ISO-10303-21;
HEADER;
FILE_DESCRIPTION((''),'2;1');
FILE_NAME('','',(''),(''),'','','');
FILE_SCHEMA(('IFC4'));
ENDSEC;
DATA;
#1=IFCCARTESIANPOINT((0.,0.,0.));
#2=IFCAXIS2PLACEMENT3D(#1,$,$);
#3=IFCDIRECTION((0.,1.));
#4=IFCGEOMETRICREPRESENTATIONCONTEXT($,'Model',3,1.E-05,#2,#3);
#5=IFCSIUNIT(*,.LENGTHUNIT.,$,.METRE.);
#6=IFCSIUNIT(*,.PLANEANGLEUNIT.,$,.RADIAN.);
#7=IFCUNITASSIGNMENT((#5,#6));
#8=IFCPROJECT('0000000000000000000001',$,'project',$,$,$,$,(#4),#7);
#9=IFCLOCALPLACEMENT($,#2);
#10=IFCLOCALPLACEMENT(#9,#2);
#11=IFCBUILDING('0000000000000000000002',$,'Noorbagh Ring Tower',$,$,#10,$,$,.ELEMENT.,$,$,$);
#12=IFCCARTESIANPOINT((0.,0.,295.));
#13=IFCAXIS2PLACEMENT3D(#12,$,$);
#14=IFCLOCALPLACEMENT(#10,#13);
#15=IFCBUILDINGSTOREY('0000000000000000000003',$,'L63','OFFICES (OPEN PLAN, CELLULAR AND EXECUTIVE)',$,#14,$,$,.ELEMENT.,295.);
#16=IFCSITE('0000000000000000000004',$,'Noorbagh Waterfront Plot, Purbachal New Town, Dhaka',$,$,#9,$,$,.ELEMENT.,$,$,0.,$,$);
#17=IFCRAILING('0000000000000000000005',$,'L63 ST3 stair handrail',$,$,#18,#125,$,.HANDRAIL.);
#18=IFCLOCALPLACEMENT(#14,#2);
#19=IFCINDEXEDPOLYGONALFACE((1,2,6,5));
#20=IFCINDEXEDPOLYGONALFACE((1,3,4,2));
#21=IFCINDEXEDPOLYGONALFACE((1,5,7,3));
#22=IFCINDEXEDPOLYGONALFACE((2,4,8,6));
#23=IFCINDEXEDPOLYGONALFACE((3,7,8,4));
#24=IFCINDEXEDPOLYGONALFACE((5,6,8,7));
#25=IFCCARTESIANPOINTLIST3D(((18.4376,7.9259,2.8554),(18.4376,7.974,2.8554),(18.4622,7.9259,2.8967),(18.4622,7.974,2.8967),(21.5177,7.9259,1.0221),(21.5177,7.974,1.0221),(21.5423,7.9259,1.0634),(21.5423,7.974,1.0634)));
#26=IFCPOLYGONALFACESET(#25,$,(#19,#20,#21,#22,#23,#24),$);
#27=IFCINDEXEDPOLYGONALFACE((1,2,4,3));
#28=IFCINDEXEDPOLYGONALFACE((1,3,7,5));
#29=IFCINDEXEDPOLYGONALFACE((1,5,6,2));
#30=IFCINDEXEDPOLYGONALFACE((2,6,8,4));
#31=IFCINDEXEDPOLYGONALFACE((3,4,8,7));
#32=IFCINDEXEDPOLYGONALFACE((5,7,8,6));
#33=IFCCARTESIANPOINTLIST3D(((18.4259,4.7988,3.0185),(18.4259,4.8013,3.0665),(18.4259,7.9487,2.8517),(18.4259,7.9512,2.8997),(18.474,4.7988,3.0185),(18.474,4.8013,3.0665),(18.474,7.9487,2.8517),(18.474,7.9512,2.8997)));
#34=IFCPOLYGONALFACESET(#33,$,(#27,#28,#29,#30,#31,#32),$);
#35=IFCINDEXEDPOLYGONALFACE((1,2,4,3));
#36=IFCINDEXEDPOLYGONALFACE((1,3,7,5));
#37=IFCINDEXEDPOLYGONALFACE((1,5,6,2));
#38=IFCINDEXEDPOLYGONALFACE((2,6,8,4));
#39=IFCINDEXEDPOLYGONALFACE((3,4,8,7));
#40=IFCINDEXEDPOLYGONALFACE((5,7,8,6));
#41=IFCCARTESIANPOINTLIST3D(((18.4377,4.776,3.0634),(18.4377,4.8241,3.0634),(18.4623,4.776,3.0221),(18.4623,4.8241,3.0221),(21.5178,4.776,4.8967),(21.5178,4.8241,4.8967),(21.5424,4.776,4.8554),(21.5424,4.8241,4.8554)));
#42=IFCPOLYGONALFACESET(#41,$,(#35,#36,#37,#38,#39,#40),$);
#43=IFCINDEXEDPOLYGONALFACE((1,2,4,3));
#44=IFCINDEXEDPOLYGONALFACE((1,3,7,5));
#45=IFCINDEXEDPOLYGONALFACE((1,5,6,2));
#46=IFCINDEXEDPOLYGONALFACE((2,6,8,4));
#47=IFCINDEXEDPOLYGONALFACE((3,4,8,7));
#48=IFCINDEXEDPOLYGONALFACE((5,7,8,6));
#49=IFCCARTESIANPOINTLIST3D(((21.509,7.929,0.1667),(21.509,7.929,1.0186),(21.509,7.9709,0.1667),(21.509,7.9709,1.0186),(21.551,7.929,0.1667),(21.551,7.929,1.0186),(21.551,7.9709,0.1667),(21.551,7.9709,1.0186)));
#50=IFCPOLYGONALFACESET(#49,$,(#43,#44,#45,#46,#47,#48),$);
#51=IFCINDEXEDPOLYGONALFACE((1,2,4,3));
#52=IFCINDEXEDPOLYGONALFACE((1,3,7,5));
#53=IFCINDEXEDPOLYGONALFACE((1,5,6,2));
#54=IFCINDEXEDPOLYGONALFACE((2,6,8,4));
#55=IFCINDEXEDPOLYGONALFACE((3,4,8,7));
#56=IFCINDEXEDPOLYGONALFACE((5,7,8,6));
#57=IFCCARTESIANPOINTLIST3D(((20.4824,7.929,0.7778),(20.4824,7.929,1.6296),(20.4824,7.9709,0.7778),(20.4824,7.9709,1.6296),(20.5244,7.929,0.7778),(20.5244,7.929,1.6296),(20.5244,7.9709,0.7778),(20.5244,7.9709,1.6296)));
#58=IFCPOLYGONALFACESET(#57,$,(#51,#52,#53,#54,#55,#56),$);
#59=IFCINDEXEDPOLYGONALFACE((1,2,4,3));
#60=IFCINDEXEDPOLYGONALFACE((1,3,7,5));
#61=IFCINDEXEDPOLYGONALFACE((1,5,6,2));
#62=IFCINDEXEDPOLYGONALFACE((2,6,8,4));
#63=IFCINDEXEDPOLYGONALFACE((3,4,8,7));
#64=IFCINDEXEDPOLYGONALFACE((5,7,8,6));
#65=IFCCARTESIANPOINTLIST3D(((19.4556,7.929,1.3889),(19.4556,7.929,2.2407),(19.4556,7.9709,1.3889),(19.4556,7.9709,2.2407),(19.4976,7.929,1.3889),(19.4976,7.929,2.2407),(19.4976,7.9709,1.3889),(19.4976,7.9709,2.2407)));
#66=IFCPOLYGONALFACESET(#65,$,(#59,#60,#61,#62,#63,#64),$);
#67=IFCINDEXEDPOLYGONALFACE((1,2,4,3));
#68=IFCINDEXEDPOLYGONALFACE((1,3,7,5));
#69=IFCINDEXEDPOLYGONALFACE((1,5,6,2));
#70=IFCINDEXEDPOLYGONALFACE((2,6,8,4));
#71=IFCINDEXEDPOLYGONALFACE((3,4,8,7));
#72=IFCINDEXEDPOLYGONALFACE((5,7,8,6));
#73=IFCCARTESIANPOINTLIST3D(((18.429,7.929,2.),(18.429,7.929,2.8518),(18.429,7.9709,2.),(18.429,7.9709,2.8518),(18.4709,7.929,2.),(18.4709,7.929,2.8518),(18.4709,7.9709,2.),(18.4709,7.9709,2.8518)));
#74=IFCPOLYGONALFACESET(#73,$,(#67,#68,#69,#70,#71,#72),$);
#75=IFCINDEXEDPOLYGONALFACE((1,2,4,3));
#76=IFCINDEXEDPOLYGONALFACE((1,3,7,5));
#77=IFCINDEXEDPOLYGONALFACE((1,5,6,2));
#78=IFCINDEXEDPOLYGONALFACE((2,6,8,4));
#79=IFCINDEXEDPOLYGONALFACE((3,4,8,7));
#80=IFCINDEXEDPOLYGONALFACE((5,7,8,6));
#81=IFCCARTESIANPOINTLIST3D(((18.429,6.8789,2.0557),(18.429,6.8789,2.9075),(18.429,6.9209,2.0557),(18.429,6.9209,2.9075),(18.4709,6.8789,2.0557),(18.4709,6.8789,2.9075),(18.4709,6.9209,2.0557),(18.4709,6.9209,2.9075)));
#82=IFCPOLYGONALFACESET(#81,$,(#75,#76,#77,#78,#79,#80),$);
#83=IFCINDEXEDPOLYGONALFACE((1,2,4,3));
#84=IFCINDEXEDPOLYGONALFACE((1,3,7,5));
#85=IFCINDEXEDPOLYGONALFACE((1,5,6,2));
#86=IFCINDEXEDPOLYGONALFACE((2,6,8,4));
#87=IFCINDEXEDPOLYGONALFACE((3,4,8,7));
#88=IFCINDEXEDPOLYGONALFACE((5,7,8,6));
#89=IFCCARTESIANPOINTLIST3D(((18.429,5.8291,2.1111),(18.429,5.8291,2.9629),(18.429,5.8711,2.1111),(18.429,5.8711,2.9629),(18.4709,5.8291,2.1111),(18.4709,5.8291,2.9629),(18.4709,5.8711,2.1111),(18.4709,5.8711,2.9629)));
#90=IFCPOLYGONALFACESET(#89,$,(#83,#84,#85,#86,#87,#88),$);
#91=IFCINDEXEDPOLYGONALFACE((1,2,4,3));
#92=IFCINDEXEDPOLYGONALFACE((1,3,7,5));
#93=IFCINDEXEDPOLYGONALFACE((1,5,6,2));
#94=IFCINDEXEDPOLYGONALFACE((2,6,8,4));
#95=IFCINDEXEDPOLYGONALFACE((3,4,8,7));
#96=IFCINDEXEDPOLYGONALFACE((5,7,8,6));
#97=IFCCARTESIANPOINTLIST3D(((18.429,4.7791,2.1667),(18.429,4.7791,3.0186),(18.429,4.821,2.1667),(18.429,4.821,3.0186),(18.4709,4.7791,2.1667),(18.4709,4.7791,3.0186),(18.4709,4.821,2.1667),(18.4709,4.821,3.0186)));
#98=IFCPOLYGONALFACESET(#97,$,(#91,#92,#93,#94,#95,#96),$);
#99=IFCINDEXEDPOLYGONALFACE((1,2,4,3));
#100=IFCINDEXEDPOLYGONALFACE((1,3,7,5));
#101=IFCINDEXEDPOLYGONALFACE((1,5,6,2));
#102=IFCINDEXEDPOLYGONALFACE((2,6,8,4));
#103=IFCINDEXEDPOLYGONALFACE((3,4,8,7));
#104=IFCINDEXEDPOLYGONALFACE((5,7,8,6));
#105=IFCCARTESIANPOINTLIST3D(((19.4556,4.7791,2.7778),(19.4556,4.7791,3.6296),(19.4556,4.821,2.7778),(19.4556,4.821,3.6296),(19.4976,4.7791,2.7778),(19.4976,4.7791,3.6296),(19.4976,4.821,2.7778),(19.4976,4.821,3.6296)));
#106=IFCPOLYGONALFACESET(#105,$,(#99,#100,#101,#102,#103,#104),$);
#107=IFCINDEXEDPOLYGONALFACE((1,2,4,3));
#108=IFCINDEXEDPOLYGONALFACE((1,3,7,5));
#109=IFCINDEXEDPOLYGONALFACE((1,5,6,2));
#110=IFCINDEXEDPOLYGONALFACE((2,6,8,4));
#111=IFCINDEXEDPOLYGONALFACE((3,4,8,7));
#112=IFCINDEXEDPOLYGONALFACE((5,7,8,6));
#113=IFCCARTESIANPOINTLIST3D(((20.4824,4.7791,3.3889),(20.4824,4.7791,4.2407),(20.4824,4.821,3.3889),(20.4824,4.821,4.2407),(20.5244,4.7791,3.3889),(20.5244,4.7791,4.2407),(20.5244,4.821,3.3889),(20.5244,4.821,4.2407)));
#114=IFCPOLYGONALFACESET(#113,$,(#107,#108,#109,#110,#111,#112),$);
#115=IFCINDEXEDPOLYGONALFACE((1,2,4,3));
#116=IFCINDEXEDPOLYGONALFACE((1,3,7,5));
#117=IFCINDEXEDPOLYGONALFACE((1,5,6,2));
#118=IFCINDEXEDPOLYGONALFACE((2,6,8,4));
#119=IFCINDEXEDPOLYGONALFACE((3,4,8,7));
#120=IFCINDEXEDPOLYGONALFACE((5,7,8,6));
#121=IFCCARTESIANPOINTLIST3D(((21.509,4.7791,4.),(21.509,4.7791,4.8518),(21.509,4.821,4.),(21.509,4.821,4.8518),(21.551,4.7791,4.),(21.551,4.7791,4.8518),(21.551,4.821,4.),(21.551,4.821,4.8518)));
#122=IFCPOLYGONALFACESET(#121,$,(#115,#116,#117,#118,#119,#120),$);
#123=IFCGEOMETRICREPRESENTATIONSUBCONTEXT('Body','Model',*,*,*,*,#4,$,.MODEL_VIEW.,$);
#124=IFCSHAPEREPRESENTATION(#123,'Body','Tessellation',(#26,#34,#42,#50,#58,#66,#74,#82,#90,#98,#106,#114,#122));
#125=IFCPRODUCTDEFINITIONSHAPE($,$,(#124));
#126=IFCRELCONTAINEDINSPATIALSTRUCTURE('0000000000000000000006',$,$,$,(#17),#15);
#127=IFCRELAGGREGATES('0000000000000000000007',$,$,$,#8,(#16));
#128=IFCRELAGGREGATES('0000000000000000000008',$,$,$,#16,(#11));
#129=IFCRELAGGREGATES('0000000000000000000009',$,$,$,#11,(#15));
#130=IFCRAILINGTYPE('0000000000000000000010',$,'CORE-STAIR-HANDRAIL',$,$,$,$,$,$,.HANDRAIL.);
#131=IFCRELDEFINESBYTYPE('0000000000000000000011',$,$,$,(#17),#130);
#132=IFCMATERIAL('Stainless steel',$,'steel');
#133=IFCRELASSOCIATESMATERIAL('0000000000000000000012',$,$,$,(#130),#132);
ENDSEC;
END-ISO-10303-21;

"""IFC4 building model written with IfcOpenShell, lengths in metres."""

from ifc_helpers import new_model, si_unit, direction, frame, origin, origin_2d, place, context, subcontext, project, spatial, rectangle, extrude, material, type_object, element, save


model = new_model("IFC4")

# Units and contexts
model_context = context("Model", 3, precision=1e-05, world=origin(), true_north=direction((0.0, 1.0)))
body_context = subcontext(model_context, "Body", "Model", "MODEL_VIEW")
ifc_project = project(units=[si_unit("LENGTHUNIT", "METRE"), si_unit("PLANEANGLEUNIT", "RADIAN")], contexts=[model_context])

# Site, building, storey
site_placement = place(None, origin())
site = spatial("IfcSite", under=ifc_project, at=site_placement, Name="Noorbagh Waterfront Plot, Purbachal New Town, Dhaka", CompositionType="ELEMENT", RefElevation=0.0)
building_placement = place(site_placement, origin())
building = spatial("IfcBuilding", under=site, at=building_placement, Name="Noorbagh Ring Tower", CompositionType="ELEMENT")
storey_placement = place(building_placement, frame((0.0, 0.0, 295.0)))
storey = spatial("IfcBuildingStorey", under=building, at=storey_placement, Name="L63", Description="OFFICES (OPEN PLAN, CELLULAR AND EXECUTIVE)", CompositionType="ELEMENT", Elevation=295.0)

# Railing
ifc_material_1 = material(Name="Stainless steel", Category="steel")
railing_type_1 = type_object("IfcRailingType", Name="CORE-STAIR-HANDRAIL", PredefinedType="HANDRAIL", material=ifc_material_1)
railing_1_placement = place(storey_placement, frame((21.53, 7.95, 0.1667)))
element("IfcRailing", 1, at=railing_1_placement, inside=storey, type_object=railing_type_1, Name="L63 ST3 stair handrail", PredefinedType="HANDRAIL", context=body_context, shape_type="SweptSolid", body=[
    extrude(rectangle(XDim=0.0481, YDim=0.0481, at=origin_2d()), frame((0.0, 0.0, 0.876), z_axis=(-0.859309, 0.0, 0.511458), x_axis=(0.0, -1.0, 0.0)), (0.0, 0.0, 1.0), 3.5845),
    extrude(rectangle(XDim=0.0481, YDim=0.0481, at=origin_2d()), frame((-3.0801, 0.0, 2.709), z_axis=(0.0, -0.998602, 0.052864), x_axis=(1.0, 0.0, 0.0)), (0.0, 0.0, 1.0), 3.1543),
    extrude(rectangle(XDim=0.0481, YDim=0.0481, at=origin_2d()), frame((-3.0801, -3.1499, 2.876), z_axis=(0.859309, 0.0, 0.511458), x_axis=(0.0, 1.0, 0.0)), (0.0, 0.0, 1.0), 3.5845),
    extrude(rectangle(XDim=0.042, YDim=0.042, at=origin_2d()), origin(), (0.0, 0.0, 1.0), 0.8518),
    extrude(rectangle(XDim=0.042, YDim=0.042, at=origin_2d()), frame((-1.0266, 0.0, 0.6111)), (0.0, 0.0, 1.0), 0.8518),
    extrude(rectangle(XDim=0.042, YDim=0.042, at=origin_2d()), frame((-2.0535, 0.0, 1.2222)), (0.0, 0.0, 1.0), 0.8518),
    extrude(rectangle(XDim=0.042, YDim=0.042, at=origin_2d()), frame((-3.0801, 0.0, 1.8333)), (0.0, 0.0, 1.0), 0.8518),
    extrude(rectangle(XDim=0.042, YDim=0.042, at=origin_2d()), frame((-3.0801, -1.05, 1.8889)), (0.0, 0.0, 1.0), 0.8518),
    extrude(rectangle(XDim=0.042, YDim=0.042, at=origin_2d()), frame((-3.0801, -2.0999, 1.9443)), (0.0, 0.0, 1.0), 0.8518),
    extrude(rectangle(XDim=0.042, YDim=0.042, at=origin_2d()), frame((-3.0801, -3.1499, 2.0)), (0.0, 0.0, 1.0), 0.8518),
    extrude(rectangle(XDim=0.042, YDim=0.042, at=origin_2d()), frame((-2.0535, -3.1499, 2.6111)), (0.0, 0.0, 1.0), 0.8518),
    extrude(rectangle(XDim=0.042, YDim=0.042, at=origin_2d()), frame((-1.0266, -3.1499, 3.2222)), (0.0, 0.0, 1.0), 0.8518),
    extrude(rectangle(XDim=0.042, YDim=0.042, at=origin_2d()), frame((0.0, -3.1499, 3.8333)), (0.0, 0.0, 1.0), 0.8518),
])

save(model, "model.ifc")
